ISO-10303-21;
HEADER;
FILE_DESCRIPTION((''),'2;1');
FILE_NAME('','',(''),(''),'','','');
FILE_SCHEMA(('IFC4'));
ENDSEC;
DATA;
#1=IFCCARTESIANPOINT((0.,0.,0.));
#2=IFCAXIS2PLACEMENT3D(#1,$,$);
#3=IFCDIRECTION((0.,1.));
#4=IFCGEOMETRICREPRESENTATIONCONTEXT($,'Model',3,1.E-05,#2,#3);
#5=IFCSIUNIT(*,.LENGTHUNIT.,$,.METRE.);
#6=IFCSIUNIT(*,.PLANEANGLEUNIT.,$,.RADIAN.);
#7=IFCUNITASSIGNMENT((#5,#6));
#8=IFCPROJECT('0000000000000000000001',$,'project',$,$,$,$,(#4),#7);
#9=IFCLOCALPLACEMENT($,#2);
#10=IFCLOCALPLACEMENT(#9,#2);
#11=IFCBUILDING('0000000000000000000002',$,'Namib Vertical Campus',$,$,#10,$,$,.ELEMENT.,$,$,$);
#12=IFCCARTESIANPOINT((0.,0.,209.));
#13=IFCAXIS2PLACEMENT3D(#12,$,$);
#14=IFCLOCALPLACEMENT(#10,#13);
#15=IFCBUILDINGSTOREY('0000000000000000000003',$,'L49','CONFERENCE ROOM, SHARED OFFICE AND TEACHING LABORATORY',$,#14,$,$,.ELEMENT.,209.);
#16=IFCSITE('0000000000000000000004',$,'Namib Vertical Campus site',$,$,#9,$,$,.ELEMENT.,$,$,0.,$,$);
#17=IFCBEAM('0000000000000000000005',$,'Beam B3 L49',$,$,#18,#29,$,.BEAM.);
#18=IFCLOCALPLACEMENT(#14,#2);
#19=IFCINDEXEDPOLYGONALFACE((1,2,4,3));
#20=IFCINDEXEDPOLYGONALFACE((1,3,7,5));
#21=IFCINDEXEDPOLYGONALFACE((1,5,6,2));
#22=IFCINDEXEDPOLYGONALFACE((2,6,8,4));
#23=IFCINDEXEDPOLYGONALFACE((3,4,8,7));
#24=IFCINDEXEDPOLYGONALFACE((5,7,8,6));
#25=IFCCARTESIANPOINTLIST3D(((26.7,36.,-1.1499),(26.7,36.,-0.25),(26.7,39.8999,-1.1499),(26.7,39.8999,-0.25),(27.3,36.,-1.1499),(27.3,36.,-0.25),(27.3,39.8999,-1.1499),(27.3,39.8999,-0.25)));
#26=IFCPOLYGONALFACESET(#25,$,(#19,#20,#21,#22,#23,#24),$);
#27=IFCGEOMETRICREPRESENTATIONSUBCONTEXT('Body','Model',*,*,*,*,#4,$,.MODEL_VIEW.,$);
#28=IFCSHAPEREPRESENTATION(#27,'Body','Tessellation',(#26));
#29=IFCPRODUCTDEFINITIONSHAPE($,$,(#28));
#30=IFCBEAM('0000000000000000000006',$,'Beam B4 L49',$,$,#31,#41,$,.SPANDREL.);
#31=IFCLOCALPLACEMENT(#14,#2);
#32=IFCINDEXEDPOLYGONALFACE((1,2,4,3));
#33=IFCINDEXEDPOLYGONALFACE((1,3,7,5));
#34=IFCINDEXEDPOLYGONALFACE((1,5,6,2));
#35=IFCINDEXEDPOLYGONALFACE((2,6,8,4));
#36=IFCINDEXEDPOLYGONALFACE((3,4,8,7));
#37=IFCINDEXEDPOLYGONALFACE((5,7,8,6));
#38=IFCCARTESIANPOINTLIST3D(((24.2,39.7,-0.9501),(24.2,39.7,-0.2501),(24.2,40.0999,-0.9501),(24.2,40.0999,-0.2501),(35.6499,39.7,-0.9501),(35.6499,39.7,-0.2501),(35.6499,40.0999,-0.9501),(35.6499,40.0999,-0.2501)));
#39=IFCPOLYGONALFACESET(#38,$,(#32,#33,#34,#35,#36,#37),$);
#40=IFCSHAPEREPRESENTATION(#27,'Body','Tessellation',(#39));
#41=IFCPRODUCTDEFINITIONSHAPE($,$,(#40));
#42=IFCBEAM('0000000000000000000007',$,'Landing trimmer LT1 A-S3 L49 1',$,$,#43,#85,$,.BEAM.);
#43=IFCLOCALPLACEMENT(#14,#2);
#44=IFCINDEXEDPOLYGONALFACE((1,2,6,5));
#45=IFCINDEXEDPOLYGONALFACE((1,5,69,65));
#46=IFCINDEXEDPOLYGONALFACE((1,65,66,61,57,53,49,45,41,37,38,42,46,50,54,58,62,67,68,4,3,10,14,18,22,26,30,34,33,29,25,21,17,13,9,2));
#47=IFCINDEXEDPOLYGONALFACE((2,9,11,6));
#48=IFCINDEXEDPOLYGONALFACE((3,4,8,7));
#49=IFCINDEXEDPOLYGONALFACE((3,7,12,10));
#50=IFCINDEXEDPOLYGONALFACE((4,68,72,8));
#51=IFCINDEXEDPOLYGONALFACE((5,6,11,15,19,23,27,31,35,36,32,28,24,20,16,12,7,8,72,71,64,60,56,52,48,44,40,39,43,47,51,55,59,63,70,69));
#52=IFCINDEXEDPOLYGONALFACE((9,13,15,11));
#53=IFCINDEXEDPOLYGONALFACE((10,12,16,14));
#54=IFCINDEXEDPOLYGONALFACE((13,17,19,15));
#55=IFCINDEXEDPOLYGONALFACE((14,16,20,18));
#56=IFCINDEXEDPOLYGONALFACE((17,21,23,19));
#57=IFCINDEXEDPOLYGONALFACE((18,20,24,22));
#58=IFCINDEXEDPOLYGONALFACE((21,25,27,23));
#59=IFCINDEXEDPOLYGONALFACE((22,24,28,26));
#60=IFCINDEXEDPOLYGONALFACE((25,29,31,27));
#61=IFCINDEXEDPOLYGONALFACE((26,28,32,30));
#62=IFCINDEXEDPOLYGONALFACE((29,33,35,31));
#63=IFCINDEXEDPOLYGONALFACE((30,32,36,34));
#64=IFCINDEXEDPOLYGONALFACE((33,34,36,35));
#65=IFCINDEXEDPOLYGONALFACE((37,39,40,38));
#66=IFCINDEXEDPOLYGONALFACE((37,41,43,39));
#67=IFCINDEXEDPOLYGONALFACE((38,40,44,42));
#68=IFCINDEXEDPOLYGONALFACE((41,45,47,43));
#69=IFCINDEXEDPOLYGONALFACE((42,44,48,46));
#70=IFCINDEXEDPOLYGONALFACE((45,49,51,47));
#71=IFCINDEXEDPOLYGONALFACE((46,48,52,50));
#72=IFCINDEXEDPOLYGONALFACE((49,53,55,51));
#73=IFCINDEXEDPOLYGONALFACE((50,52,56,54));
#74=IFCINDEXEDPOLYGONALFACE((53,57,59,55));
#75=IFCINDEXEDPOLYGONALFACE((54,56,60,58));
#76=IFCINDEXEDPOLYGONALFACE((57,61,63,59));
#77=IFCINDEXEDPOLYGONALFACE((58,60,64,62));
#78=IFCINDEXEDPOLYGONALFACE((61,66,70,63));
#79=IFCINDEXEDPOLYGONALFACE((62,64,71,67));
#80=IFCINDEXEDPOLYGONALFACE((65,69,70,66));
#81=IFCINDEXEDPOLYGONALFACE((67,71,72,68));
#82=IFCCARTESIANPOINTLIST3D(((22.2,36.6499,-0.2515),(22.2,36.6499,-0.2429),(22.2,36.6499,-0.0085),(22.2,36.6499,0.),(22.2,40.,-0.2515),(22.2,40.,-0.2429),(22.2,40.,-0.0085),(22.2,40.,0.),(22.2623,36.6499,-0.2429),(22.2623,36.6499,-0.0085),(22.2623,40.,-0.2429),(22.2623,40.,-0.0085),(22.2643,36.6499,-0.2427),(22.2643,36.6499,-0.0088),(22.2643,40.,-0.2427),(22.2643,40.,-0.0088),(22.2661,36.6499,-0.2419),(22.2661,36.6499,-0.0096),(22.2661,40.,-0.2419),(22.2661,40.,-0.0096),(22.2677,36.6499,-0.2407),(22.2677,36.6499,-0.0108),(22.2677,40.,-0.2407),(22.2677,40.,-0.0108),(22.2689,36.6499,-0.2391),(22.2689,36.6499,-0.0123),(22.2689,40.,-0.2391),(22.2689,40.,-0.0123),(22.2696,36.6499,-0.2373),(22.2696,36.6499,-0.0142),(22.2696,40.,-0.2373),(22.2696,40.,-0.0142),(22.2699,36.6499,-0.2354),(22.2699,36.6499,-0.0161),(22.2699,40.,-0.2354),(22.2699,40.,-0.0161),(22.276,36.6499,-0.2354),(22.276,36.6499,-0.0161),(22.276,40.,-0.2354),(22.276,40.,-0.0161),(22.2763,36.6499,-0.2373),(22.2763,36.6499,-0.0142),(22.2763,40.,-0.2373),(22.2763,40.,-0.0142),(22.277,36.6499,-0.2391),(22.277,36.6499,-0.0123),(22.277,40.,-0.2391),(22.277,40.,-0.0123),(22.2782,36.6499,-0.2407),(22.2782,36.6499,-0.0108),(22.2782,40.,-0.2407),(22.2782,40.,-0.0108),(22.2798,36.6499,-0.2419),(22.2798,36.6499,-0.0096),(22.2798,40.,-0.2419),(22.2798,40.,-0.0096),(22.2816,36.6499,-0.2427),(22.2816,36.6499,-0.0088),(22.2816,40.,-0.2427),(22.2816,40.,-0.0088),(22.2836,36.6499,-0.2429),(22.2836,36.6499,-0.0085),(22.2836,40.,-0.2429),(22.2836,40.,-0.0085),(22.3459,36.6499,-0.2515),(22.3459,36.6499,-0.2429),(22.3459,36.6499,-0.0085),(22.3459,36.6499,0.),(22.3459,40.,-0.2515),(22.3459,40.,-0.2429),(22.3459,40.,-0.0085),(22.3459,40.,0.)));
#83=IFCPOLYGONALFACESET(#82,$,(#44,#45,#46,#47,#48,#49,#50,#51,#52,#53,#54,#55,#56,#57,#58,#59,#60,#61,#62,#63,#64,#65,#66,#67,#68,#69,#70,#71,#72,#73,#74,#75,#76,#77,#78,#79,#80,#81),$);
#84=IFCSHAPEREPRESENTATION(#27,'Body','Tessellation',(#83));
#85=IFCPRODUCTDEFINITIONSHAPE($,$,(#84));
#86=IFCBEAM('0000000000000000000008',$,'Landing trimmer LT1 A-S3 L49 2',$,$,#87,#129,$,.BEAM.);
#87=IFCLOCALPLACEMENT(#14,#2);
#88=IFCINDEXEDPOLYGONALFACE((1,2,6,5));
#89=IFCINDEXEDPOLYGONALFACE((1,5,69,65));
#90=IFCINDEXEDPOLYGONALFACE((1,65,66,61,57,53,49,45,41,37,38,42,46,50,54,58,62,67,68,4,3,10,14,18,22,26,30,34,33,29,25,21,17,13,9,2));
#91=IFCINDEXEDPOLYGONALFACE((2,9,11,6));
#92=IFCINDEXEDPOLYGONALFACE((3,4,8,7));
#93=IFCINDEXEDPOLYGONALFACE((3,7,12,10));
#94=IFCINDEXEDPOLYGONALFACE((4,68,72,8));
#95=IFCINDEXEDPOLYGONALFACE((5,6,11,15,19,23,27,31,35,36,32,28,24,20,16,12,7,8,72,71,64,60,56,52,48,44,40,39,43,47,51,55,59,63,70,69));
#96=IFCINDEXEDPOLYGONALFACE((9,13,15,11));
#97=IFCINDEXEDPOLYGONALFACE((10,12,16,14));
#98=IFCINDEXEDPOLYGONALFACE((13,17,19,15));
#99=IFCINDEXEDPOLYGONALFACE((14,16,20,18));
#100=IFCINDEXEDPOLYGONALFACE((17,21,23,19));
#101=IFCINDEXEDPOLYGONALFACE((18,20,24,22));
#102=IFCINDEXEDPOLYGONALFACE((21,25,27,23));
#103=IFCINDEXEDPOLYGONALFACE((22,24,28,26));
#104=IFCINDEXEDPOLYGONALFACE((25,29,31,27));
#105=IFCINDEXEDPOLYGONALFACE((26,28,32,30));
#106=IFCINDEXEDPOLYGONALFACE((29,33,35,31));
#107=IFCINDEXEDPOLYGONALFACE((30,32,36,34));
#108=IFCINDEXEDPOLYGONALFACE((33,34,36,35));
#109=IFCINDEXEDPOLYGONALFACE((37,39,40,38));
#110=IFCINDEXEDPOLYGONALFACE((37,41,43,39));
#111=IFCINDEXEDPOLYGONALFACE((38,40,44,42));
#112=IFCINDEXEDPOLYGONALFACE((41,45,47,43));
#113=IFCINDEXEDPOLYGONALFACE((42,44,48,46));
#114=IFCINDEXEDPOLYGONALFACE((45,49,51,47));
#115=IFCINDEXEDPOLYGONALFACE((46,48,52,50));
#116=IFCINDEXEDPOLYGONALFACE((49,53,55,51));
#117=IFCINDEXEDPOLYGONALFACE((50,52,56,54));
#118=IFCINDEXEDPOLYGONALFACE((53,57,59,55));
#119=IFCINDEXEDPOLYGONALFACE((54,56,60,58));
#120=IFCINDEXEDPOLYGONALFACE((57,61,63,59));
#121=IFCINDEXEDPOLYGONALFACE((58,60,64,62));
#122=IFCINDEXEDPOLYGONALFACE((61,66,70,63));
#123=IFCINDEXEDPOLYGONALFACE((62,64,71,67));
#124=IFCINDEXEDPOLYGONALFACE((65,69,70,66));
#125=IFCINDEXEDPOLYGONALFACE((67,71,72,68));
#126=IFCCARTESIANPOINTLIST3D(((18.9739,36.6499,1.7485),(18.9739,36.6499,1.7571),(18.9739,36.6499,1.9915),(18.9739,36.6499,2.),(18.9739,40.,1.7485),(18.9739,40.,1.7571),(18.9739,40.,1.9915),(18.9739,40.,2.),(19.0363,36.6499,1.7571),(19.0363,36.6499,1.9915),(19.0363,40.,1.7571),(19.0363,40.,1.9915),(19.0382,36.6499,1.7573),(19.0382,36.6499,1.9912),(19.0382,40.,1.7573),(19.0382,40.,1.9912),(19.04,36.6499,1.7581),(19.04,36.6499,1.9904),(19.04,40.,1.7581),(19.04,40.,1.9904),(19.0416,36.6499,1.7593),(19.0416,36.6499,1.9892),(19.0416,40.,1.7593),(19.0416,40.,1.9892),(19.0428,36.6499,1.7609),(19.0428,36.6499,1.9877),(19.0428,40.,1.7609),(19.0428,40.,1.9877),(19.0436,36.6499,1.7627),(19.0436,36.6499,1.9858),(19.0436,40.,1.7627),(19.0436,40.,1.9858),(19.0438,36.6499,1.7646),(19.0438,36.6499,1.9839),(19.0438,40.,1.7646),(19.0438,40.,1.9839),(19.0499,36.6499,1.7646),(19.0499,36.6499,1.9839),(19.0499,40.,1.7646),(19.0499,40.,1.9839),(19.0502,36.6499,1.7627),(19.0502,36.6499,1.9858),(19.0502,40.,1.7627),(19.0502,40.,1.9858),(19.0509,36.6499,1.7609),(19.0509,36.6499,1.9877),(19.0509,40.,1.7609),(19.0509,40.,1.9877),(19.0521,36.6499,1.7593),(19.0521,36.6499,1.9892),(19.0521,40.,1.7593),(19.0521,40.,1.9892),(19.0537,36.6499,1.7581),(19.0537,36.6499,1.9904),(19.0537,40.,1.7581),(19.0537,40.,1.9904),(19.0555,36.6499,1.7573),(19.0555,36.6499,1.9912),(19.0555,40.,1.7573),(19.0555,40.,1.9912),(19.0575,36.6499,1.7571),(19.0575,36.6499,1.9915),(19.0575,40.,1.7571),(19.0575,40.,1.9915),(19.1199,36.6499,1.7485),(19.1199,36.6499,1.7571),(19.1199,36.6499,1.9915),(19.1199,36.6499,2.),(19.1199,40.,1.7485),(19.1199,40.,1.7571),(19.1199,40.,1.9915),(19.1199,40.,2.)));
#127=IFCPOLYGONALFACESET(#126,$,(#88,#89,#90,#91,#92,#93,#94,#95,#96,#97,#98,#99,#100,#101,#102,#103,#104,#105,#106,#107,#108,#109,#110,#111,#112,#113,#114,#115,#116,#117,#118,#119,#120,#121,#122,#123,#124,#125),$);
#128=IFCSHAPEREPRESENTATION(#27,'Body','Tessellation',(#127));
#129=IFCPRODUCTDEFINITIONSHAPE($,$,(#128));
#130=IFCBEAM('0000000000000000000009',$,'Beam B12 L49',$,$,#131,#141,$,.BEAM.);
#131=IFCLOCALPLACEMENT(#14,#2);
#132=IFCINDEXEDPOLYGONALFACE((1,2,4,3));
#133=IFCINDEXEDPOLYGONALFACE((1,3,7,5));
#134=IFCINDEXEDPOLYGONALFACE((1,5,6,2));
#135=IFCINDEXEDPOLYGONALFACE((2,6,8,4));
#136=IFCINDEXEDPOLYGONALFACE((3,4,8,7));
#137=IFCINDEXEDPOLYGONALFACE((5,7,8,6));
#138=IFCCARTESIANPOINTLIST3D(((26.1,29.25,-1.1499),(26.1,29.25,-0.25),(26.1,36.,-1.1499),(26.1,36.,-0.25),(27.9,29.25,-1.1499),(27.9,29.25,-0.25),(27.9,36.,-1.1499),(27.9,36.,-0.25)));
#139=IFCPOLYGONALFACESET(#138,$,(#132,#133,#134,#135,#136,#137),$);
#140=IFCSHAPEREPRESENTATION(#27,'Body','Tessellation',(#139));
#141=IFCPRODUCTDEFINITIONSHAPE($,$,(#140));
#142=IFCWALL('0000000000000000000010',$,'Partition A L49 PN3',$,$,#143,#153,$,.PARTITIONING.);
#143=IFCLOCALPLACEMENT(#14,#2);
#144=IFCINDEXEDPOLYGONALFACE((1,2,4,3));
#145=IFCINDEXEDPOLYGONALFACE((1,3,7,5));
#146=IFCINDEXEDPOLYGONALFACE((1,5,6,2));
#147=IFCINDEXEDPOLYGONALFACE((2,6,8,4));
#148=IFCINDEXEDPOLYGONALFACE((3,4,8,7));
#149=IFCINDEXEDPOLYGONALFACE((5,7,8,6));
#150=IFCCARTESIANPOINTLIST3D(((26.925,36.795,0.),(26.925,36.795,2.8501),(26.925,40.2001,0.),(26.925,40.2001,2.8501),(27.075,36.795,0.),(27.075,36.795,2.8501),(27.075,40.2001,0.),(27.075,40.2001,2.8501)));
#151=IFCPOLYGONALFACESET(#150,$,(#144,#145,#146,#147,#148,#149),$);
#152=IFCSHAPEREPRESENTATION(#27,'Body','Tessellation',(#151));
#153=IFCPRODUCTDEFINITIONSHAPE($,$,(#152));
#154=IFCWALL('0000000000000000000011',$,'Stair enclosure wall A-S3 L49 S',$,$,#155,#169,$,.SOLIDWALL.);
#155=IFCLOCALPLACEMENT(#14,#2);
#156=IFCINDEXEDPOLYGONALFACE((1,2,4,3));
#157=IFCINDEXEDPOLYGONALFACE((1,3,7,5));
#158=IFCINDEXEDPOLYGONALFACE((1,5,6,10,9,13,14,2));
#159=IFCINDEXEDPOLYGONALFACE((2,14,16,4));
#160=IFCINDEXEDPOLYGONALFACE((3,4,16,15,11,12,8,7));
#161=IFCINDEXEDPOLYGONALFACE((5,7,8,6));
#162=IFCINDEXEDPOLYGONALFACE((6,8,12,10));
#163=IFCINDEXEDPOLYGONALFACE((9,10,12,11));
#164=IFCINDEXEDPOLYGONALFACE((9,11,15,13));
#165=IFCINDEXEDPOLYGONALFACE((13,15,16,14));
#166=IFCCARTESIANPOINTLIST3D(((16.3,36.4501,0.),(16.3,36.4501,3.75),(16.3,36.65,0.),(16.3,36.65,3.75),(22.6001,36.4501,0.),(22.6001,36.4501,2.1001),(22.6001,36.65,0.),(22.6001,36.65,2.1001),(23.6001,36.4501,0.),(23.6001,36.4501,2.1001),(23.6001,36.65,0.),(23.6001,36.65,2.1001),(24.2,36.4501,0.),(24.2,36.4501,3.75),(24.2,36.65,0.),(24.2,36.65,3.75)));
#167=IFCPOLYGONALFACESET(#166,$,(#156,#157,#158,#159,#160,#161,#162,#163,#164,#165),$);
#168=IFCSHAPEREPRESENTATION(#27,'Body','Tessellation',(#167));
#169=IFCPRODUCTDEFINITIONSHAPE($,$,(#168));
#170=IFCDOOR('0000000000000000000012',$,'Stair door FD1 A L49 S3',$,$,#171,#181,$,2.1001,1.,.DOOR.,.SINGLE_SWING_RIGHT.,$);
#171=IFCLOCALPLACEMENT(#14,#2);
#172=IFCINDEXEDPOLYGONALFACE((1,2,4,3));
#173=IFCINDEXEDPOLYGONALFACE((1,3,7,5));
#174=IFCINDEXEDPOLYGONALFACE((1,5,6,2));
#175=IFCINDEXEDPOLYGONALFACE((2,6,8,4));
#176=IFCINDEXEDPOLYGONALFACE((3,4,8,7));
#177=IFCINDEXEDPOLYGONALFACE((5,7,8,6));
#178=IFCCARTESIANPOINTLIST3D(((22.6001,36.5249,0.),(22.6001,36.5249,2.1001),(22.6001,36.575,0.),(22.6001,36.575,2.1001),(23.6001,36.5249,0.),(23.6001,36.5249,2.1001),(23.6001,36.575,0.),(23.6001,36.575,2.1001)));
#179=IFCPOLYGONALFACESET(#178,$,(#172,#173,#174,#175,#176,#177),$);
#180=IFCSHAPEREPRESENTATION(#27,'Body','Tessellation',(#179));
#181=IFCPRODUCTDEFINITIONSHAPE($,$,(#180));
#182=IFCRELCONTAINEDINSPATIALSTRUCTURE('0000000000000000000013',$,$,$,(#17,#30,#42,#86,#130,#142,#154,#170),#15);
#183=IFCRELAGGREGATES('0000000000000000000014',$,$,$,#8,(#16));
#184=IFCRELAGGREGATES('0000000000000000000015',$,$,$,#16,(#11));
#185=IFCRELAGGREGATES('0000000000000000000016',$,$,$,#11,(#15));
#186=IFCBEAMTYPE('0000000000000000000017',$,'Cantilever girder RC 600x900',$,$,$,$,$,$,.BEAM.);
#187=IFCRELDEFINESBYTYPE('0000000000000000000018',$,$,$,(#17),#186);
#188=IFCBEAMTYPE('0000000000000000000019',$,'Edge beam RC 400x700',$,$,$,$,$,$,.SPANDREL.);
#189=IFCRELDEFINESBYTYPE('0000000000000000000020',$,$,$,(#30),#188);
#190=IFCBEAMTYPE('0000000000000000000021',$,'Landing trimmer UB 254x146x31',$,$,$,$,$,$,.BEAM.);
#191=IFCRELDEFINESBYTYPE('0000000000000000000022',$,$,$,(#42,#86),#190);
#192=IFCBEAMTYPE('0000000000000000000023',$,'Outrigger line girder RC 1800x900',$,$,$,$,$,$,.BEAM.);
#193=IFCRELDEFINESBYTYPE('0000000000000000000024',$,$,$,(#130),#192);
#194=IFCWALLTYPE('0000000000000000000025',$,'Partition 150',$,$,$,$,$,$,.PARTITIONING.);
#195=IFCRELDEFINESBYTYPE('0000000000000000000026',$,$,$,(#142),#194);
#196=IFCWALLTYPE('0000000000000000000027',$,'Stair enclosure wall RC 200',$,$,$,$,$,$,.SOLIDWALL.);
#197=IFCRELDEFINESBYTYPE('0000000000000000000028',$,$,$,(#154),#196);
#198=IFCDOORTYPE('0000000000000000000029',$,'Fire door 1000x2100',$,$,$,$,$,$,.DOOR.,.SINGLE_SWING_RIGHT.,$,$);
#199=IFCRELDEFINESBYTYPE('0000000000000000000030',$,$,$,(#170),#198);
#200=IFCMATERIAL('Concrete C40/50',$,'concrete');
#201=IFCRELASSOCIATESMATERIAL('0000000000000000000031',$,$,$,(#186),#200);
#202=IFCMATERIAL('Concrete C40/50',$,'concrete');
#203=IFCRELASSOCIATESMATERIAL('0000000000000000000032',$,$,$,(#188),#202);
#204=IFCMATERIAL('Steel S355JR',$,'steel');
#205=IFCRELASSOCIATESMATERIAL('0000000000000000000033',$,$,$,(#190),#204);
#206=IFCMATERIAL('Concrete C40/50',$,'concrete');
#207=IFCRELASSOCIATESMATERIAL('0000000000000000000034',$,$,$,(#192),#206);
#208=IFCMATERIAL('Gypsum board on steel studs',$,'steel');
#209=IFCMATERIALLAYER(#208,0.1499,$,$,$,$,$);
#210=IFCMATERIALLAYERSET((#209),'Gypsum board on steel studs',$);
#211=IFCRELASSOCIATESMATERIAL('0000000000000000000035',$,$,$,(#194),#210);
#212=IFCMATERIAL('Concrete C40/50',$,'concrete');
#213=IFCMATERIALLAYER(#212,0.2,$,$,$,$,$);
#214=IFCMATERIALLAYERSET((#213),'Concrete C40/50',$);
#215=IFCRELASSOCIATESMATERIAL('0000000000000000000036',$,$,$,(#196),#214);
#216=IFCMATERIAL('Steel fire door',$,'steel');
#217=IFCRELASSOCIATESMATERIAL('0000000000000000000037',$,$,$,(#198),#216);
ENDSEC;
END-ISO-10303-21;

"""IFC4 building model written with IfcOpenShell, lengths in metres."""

from ifc_helpers import new_model, si_unit, direction, frame, frame_2d, origin, origin_2d, place, context, subcontext, project, spatial, rectangle, i_section, extrude, material, layer, layer_set, material_profile, profile_set, type_object, element, fill, save


model = new_model("IFC4")

# Units and contexts
model_context = context("Model", 3, precision=1e-05, world=origin(), true_north=direction((0.0, 1.0)))
body_context = subcontext(model_context, "Body", "Model", "MODEL_VIEW")
ifc_project = project(units=[si_unit("LENGTHUNIT", "METRE"), si_unit("PLANEANGLEUNIT", "RADIAN")], contexts=[model_context])

# Site, building, storey
site_placement = place(None, origin())
site = spatial("IfcSite", under=ifc_project, at=site_placement, Name="Namib Vertical Campus site", CompositionType="ELEMENT", RefElevation=0.0)
building_placement = place(site_placement, origin())
building = spatial("IfcBuilding", under=site, at=building_placement, Name="Namib Vertical Campus", CompositionType="ELEMENT")
storey_placement = place(building_placement, frame((0.0, 0.0, 209.0)))
storey = spatial("IfcBuildingStorey", under=building, at=storey_placement, Name="L49", Description="CONFERENCE ROOM, SHARED OFFICE AND TEACHING LABORATORY", CompositionType="ELEMENT", Elevation=209.0)

# Beams
ifc_material_1 = material(Name="Concrete C40/50", Category="concrete")
ifc_material_profile_1 = material_profile(ifc_material_1, rectangle(XDim=0.6001, YDim=0.8999, at=origin_2d()))
ifc_profile_set_1 = profile_set([ifc_material_profile_1], Name="Concrete C40/50")
beam_type_1 = type_object("IfcBeamType", Name="Cantilever girder RC 600x900", PredefinedType="BEAM", material=ifc_profile_set_1)
beam_1_placement = place(storey_placement, frame((27.0, 36.0, -0.7), z_axis=(0.0, 1.0, 0.0), x_axis=(-1.0, 0.0, 0.0)))
element("IfcBeam", 1, at=beam_1_placement, inside=storey, type_object=beam_type_1, Name="Beam B3 L49", PredefinedType="BEAM", context=body_context, shape_type="SweptSolid", body=[
    extrude(rectangle(XDim=0.6001, YDim=0.8999, at=origin_2d()), origin(), (0.0, 0.0, 1.0), 3.8999),
])
ifc_material_2 = material(Name="Concrete C40/50", Category="concrete")
ifc_material_profile_2 = material_profile(ifc_material_2, rectangle(XDim=0.3999, YDim=0.7, at=origin_2d()))
ifc_profile_set_2 = profile_set([ifc_material_profile_2], Name="Concrete C40/50")
beam_type_2 = type_object("IfcBeamType", Name="Edge beam RC 400x700", PredefinedType="SPANDREL", material=ifc_profile_set_2)
beam_2_placement = place(storey_placement, frame((24.2, 39.8999, -0.6001), z_axis=(1.0, 0.0, 0.0), x_axis=(0.0, 1.0, 0.0)))
element("IfcBeam", 2, at=beam_2_placement, inside=storey, type_object=beam_type_2, Name="Beam B4 L49", PredefinedType="SPANDREL", context=body_context, shape_type="SweptSolid", body=[
    extrude(rectangle(XDim=0.3999, YDim=0.7, at=origin_2d()), origin(), (0.0, 0.0, 1.0), 11.45),
])
ifc_material_3 = material(Name="Steel S355JR", Category="steel")
ifc_material_profile_3 = material_profile(ifc_material_3, i_section(OverallWidth=0.146, OverallDepth=0.2515, WebThickness=0.0061, FlangeThickness=0.0085, FilletRadius=0.0076, at=origin_2d()))
ifc_profile_set_3 = profile_set([ifc_material_profile_3], Name="Steel S355JR")
beam_type_3 = type_object("IfcBeamType", Name="Landing trimmer UB 254x146x31", PredefinedType="BEAM", material=ifc_profile_set_3)
for number, where, z_axis, x_axis, name in (
    (3, (22.2729, 36.6499, -0.1257), (0.0, 1.0, 0.0), (-1.0, 0.0, 0.0), "Landing trimmer LT1 A-S3 L49 1"),
    (4, (19.0469, 36.6499, 1.8743), (0.0, 1.0, 0.0), (-1.0, 0.0, 0.0), "Landing trimmer LT1 A-S3 L49 2"),
):
    element("IfcBeam", number, at=place(storey_placement, frame(where, z_axis=z_axis, x_axis=x_axis)), inside=storey, type_object=beam_type_3, Name=name, PredefinedType="BEAM", context=body_context, shape_type="SweptSolid", body=[
        extrude(i_section(OverallWidth=0.146, OverallDepth=0.2515, WebThickness=0.0061, FlangeThickness=0.0085, FilletRadius=0.0076, at=origin_2d()), origin(), (0.0, 0.0, 1.0), 3.3501),
    ])
ifc_material_4 = material(Name="Concrete C40/50", Category="concrete")
ifc_material_profile_4 = material_profile(ifc_material_4, rectangle(XDim=1.8, YDim=0.8999, at=origin_2d()))
ifc_profile_set_4 = profile_set([ifc_material_profile_4], Name="Concrete C40/50")
beam_type_4 = type_object("IfcBeamType", Name="Outrigger line girder RC 1800x900", PredefinedType="BEAM", material=ifc_profile_set_4)
beam_3_placement = place(storey_placement, frame((27.0, 36.0, -0.7), z_axis=(0.0, -1.0, 0.0), x_axis=(1.0, 0.0, 0.0)))
element("IfcBeam", 5, at=beam_3_placement, inside=storey, type_object=beam_type_4, Name="Beam B12 L49", PredefinedType="BEAM", context=body_context, shape_type="SweptSolid", body=[
    extrude(rectangle(XDim=1.8, YDim=0.8999, at=origin_2d()), origin(), (0.0, 0.0, 1.0), 6.75),
])

# Wall
ifc_material_5 = material(Name="Gypsum board on steel studs", Category="steel")
ifc_layer_1 = layer(ifc_material_5, 0.1499)
ifc_layer_set_1 = layer_set([ifc_layer_1], Name="Gypsum board on steel studs")
wall_type_1 = type_object("IfcWallType", Name="Partition 150", PredefinedType="PARTITIONING", material=ifc_layer_set_1)
wall_1_placement = place(storey_placement, frame((27.0, 36.7949, 0.0), z_axis=(0.0, 0.0, 1.0), x_axis=(0.0, 1.0, 0.0)))
element("IfcWall", 6, at=wall_1_placement, inside=storey, type_object=wall_type_1, Name="Partition A L49 PN3", PredefinedType="PARTITIONING", context=body_context, shape_type="SweptSolid", body=[
    extrude(rectangle(XDim=3.405, YDim=0.1499, at=frame_2d((1.7026, 0.0))), origin(), (0.0, 0.0, 1.0), 2.8501),
])

# Wall, opening, door
ifc_material_6 = material(Name="Concrete C40/50", Category="concrete")
ifc_layer_2 = layer(ifc_material_6, 0.2)
ifc_layer_set_2 = layer_set([ifc_layer_2], Name="Concrete C40/50")
wall_type_2 = type_object("IfcWallType", Name="Stair enclosure wall RC 200", PredefinedType="SOLIDWALL", material=ifc_layer_set_2)
wall_2_placement = place(storey_placement, frame((16.3, 36.55, 0.0), z_axis=(0.0, 0.0, 1.0), x_axis=(1.0, 0.0, 0.0)))
wall_2 = element("IfcWall", 7, at=wall_2_placement, inside=storey, type_object=wall_type_2, Name="Stair enclosure wall A-S3 L49 S", PredefinedType="SOLIDWALL", context=body_context, shape_type="SweptSolid", body=[
    extrude(rectangle(XDim=7.8999, YDim=0.2, at=frame_2d((3.95, 0.0))), origin(), (0.0, 0.0, 1.0), 3.75),
])
opening_placement = place(wall_2_placement, frame((6.3, 0.0, 0.0)))
opening = element("IfcOpeningElement", 8, at=opening_placement, cuts=wall_2, PredefinedType="OPENING", context=body_context, shape_type="SweptSolid", body=[
    extrude(rectangle(XDim=1.0, YDim=2.1001, at=frame_2d((0.5, 1.05))), frame((0.0, 0.1099, 0.0), z_axis=(0.0, -1.0, 0.0), x_axis=(1.0, 0.0, 0.0)), (0.0, 0.0, 1.0), 0.22),
])
ifc_material_7 = material(Name="Steel fire door", Category="steel")
door_type = type_object("IfcDoorType", Name="Fire door 1000x2100", OperationType="SINGLE_SWING_RIGHT", PredefinedType="DOOR", material=ifc_material_7)
door_placement = place(opening_placement, origin())
door = element("IfcDoor", 9, at=door_placement, inside=storey, type_object=door_type, Name="Stair door FD1 A L49 S3", OperationType="SINGLE_SWING_RIGHT", OverallHeight=2.1001, OverallWidth=1.0, PredefinedType="DOOR", context=body_context, shape_type="SweptSolid", body=[
    extrude(rectangle(XDim=1.0, YDim=2.1001, at=frame_2d((0.5, 1.05))), frame((0.0, 0.0249, 0.0), z_axis=(0.0, -1.0, 0.0), x_axis=(1.0, 0.0, 0.0)), (0.0, 0.0, 1.0), 0.05),
])
fill(opening, door)

save(model, "model.ifc")
